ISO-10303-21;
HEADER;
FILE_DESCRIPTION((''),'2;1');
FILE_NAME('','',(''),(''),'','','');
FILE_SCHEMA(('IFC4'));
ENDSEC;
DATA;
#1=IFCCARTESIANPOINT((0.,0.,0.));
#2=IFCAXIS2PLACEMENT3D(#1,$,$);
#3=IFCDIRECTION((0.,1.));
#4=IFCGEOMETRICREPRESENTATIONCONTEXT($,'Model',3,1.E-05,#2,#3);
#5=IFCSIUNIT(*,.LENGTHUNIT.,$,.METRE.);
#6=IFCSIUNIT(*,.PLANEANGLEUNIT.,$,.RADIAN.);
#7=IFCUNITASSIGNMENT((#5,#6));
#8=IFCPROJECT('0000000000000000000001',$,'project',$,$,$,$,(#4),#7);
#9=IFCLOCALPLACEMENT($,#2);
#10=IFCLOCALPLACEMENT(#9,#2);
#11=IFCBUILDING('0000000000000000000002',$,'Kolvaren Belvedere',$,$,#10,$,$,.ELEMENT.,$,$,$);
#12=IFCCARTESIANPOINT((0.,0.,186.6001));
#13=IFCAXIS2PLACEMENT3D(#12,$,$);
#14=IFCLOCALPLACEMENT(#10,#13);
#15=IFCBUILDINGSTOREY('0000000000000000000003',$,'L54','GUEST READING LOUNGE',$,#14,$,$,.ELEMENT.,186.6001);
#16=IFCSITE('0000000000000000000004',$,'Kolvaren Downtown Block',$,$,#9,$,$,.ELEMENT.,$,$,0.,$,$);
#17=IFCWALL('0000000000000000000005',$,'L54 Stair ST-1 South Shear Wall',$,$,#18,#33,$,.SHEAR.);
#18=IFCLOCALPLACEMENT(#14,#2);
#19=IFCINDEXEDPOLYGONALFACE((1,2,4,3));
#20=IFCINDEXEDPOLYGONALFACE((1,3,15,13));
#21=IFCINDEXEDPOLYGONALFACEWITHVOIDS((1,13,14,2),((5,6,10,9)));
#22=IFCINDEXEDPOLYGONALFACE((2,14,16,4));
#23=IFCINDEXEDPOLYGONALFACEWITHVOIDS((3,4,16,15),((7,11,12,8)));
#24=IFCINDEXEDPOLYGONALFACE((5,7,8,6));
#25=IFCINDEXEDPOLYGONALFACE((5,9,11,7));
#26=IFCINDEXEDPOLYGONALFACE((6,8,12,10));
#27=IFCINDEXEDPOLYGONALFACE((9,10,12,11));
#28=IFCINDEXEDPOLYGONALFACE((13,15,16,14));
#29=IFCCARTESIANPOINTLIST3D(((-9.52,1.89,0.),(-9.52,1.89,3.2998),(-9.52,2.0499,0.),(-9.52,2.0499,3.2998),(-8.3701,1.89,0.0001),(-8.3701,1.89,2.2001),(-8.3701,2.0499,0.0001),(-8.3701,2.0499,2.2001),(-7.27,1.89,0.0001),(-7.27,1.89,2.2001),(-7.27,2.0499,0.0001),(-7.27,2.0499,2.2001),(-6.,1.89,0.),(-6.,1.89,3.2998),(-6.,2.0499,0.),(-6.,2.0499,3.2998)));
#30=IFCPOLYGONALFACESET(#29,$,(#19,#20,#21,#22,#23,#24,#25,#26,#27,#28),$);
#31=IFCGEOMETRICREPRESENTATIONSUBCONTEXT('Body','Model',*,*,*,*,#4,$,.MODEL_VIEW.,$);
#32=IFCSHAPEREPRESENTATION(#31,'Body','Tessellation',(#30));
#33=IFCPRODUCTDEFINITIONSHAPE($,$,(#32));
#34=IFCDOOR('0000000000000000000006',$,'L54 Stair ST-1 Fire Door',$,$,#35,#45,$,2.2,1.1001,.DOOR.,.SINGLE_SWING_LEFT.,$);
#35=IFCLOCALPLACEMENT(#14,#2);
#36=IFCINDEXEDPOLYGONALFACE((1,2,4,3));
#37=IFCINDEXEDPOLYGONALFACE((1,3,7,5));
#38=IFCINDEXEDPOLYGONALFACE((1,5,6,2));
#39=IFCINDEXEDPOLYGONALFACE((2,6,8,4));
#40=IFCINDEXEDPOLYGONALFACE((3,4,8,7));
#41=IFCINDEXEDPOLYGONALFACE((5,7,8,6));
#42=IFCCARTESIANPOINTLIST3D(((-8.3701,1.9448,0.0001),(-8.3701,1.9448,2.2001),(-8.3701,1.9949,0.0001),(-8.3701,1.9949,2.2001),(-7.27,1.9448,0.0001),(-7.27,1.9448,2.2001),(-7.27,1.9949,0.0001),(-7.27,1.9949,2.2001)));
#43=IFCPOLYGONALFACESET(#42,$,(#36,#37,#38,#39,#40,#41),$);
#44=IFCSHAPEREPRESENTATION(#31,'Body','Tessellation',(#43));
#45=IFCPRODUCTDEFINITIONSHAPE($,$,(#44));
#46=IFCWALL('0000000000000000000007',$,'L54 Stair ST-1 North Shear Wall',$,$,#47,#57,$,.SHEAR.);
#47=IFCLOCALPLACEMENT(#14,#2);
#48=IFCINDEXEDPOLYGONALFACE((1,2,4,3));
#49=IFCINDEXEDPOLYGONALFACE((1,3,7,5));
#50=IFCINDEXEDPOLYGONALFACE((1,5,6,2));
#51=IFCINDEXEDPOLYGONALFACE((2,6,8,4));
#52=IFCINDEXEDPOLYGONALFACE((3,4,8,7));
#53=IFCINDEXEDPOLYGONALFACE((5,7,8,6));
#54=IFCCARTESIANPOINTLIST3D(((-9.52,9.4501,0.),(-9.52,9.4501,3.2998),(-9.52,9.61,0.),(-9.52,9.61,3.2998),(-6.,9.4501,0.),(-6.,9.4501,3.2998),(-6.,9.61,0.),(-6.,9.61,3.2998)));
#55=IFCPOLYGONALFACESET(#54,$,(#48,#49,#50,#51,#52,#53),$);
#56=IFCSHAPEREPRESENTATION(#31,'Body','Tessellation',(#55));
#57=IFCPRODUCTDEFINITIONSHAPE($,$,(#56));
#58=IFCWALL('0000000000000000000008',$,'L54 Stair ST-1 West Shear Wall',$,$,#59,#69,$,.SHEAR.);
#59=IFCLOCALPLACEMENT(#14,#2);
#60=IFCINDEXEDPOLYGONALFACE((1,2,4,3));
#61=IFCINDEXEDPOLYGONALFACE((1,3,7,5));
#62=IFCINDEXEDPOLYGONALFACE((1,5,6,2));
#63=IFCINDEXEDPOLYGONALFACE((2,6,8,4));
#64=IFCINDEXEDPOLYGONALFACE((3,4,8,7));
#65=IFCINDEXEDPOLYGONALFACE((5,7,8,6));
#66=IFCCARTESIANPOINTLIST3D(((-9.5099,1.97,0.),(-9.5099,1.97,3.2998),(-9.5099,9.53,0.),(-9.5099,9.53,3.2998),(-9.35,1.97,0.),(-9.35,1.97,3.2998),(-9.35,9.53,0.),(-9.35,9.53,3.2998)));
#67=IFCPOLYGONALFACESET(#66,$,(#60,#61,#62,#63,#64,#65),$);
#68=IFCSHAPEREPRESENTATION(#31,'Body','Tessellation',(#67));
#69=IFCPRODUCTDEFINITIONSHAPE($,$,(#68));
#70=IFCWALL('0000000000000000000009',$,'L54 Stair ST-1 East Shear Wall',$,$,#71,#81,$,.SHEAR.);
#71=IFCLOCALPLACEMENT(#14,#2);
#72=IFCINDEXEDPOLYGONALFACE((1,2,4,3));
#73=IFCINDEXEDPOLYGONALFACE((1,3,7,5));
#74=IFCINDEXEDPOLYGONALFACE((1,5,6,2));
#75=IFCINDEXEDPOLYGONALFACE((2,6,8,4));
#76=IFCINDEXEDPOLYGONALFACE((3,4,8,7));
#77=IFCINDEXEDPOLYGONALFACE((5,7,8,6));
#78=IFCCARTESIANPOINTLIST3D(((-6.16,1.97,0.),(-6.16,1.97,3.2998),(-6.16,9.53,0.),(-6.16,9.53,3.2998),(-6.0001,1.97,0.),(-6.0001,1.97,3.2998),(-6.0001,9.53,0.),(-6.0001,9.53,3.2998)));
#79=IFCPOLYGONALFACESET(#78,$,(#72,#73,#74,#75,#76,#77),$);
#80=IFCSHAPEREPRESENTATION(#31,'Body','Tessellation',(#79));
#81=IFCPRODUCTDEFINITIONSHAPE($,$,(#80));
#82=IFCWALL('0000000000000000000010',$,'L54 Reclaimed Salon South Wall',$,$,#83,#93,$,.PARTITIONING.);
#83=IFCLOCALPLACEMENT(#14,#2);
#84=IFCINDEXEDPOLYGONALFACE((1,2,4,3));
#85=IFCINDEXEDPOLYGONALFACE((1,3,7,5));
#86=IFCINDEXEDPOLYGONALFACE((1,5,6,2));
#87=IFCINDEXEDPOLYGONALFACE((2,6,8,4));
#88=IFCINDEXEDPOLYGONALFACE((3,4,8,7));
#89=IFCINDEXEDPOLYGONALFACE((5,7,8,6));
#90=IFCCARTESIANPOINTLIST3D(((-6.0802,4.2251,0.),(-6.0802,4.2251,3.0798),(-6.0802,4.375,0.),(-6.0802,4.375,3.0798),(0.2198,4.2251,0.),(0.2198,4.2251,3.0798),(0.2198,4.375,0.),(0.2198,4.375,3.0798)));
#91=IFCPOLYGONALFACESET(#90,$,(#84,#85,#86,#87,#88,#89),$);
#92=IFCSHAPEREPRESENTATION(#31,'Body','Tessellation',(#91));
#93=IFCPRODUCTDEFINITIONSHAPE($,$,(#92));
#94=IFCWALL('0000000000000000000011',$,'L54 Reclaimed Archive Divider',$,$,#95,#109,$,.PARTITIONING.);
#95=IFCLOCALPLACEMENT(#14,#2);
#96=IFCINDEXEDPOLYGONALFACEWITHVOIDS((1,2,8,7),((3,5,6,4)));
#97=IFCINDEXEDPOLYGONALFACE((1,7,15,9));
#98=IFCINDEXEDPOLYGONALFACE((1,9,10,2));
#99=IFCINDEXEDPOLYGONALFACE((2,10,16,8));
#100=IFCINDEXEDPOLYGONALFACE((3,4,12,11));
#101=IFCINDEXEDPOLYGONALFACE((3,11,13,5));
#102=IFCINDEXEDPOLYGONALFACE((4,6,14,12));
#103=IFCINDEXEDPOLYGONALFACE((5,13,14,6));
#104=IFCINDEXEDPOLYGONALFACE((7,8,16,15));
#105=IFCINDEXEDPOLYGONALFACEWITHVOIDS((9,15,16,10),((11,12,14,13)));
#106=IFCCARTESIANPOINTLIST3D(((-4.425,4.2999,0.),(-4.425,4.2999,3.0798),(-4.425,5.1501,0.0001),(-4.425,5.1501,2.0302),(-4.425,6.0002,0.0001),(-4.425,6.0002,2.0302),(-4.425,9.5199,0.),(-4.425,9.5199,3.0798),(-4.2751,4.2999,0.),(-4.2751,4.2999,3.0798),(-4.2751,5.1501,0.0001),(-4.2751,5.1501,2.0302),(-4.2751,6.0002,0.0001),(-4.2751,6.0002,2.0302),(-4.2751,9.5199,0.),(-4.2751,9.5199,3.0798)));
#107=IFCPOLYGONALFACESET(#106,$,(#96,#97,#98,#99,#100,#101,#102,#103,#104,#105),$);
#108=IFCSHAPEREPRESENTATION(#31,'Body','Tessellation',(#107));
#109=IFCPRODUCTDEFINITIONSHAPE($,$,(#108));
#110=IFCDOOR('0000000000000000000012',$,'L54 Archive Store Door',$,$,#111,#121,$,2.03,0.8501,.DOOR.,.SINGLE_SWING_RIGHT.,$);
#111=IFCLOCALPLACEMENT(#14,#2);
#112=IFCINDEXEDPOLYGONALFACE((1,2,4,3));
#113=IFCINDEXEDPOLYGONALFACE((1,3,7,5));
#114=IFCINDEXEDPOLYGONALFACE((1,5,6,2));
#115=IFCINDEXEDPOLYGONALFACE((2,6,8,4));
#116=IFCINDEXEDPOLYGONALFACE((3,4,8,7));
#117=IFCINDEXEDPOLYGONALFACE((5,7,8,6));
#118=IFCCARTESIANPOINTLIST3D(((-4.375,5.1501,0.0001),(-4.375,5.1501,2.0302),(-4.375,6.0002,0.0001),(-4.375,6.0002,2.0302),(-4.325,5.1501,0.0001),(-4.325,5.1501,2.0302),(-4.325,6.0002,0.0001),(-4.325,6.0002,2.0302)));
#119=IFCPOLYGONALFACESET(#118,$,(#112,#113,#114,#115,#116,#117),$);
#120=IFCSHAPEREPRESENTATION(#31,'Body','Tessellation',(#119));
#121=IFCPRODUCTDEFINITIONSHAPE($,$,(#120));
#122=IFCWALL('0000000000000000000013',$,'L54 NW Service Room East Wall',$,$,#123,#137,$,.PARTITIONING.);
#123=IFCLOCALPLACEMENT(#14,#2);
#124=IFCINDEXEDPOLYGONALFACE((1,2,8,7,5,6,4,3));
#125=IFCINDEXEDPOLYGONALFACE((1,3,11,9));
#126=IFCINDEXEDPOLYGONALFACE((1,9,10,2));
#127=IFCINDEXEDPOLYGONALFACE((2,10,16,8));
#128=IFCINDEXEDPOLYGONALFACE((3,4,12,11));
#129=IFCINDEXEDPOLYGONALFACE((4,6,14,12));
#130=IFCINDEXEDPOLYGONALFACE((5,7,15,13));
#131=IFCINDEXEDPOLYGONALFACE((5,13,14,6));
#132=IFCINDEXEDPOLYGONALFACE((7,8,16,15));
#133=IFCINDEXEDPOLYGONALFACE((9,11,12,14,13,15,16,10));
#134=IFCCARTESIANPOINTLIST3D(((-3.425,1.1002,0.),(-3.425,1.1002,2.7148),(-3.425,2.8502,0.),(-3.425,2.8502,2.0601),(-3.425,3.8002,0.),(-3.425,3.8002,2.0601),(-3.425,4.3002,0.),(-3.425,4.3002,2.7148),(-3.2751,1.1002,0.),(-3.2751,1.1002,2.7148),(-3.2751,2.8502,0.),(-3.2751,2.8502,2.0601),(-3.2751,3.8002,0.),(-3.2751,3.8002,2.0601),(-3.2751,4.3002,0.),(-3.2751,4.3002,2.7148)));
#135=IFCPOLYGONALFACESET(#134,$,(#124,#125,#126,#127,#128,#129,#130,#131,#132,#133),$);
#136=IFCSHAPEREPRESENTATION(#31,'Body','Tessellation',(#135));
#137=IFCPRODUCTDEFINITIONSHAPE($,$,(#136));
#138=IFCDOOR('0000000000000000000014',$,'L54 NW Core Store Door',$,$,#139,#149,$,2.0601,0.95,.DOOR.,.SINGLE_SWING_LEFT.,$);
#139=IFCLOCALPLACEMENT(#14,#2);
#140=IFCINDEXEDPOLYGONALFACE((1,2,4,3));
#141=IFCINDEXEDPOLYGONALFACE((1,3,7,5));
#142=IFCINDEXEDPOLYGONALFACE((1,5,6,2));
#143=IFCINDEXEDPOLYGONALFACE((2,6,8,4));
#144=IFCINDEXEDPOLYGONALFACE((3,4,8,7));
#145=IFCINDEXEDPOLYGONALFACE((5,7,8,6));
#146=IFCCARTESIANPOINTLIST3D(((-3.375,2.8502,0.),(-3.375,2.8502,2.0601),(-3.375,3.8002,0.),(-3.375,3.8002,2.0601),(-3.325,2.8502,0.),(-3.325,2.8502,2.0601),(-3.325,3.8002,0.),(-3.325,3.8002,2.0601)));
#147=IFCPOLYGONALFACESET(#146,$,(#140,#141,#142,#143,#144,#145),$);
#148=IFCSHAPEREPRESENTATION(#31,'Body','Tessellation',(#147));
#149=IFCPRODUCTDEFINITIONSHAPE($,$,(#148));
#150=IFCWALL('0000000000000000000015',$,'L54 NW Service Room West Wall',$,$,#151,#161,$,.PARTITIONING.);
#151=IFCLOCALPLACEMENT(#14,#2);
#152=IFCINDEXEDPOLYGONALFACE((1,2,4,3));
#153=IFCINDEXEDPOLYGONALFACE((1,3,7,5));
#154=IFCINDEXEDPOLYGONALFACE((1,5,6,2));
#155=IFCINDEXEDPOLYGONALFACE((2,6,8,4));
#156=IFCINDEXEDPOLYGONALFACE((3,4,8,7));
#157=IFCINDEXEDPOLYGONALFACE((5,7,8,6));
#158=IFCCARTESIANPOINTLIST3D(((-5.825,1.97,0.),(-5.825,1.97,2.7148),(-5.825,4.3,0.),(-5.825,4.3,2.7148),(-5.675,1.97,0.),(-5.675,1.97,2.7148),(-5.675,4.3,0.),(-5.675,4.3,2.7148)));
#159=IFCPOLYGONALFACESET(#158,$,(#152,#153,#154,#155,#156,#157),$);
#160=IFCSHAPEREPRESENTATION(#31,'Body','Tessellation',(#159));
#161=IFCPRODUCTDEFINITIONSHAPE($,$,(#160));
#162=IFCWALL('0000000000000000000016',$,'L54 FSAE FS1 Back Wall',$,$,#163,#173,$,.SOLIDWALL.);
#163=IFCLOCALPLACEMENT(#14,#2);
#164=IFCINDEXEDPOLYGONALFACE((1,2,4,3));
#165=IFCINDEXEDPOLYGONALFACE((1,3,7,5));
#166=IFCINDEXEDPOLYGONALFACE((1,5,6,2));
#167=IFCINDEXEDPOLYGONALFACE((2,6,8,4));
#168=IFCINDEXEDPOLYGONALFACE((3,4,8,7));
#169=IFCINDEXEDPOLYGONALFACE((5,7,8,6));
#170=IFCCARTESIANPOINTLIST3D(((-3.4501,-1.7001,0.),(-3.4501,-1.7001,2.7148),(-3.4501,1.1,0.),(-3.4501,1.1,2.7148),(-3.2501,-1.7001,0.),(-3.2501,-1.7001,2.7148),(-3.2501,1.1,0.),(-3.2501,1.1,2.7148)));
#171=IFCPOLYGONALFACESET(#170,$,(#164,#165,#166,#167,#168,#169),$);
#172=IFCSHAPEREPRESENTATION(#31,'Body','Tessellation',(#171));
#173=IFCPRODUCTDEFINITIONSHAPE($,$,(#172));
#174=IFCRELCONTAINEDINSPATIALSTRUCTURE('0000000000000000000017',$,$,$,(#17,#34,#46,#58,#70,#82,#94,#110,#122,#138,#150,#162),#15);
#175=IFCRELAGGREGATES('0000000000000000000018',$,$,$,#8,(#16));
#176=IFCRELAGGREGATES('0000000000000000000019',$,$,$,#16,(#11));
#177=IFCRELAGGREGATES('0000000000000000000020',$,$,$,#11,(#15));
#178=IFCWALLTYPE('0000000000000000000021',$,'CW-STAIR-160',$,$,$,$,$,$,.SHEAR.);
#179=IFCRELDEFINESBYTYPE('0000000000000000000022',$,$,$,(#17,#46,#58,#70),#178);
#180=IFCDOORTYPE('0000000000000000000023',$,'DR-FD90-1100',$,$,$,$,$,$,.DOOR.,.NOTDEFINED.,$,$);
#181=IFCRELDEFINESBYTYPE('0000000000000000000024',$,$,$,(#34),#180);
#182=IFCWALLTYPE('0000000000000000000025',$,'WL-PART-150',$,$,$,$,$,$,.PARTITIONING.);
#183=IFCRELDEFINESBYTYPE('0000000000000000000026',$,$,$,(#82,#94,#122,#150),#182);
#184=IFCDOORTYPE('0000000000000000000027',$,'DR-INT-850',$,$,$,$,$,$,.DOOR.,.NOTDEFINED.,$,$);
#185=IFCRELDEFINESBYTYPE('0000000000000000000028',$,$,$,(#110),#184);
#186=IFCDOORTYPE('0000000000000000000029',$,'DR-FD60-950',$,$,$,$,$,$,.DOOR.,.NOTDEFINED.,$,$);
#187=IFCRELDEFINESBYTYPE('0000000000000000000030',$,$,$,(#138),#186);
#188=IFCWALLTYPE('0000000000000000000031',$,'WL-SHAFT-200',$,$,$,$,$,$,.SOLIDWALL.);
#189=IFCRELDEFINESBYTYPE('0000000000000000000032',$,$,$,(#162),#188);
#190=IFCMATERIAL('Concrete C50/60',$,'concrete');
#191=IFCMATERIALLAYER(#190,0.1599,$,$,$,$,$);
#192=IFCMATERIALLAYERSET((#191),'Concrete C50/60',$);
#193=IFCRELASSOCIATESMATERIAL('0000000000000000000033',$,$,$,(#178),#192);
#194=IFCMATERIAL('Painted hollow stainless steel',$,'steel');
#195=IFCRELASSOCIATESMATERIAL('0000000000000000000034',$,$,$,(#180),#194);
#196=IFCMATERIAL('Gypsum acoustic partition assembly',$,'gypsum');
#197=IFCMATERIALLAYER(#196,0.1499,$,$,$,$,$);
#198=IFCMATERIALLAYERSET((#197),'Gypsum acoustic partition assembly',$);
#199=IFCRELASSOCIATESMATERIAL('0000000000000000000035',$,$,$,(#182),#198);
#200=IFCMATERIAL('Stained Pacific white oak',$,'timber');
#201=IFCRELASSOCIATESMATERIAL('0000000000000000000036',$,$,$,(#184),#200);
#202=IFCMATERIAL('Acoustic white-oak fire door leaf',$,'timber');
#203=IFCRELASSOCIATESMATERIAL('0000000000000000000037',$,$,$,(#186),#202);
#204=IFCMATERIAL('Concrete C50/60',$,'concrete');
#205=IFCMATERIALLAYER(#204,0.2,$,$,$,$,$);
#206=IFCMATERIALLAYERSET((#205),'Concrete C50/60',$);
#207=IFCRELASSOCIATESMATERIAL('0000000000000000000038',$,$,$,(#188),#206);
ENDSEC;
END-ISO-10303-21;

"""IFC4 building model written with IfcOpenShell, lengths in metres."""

from ifc_helpers import new_model, si_unit, direction, frame, frame_2d, origin, place, context, subcontext, project, spatial, rectangle, extrude, material, layer, layer_set, type_object, element, fill, save


model = new_model("IFC4")

# Units and contexts
model_context = context("Model", 3, precision=1e-05, world=origin(), true_north=direction((0.0, 1.0)))
body_context = subcontext(model_context, "Body", "Model", "MODEL_VIEW")
ifc_project = project(units=[si_unit("LENGTHUNIT", "METRE"), si_unit("PLANEANGLEUNIT", "RADIAN")], contexts=[model_context])

# Site, building, storey
site_placement = place(None, origin())
site = spatial("IfcSite", under=ifc_project, at=site_placement, Name="Kolvaren Downtown Block", CompositionType="ELEMENT", RefElevation=0.0)
building_placement = place(site_placement, origin())
building = spatial("IfcBuilding", under=site, at=building_placement, Name="Kolvaren Belvedere", CompositionType="ELEMENT")
storey_placement = place(building_placement, frame((0.0, 0.0, 186.6001)))
storey = spatial("IfcBuildingStorey", under=building, at=storey_placement, Name="L54", Description="GUEST READING LOUNGE", CompositionType="ELEMENT", Elevation=186.6001)

# Wall, opening, door
ifc_material_1 = material(Name="Concrete C50/60", Category="concrete")
ifc_layer_1 = layer(ifc_material_1, 0.1599)
ifc_layer_set_1 = layer_set([ifc_layer_1], Name="Concrete C50/60")
wall_type_1 = type_object("IfcWallType", Name="CW-STAIR-160", PredefinedType="SHEAR", material=ifc_layer_set_1)
wall_1_placement = place(storey_placement, frame((-9.52, 1.97, 0.0), z_axis=(0.0, 0.0, 1.0), x_axis=(1.0, 0.0, 0.0)))
wall_1 = element("IfcWall", 1, at=wall_1_placement, inside=storey, type_object=wall_type_1, Name="L54 Stair ST-1 South Shear Wall", PredefinedType="SHEAR", context=body_context, shape_type="SweptSolid", body=[
    extrude(rectangle(XDim=3.52, YDim=0.1599, at=frame_2d((1.76, 0.0))), origin(), (0.0, 0.0, 1.0), 3.2998),
])
opening_1_placement = place(wall_1_placement, frame((1.1499, 0.0, 0.0)))
opening_1 = element("IfcOpeningElement", 2, at=opening_1_placement, cuts=wall_1, PredefinedType="OPENING", context=body_context, shape_type="SweptSolid", body=[
    extrude(rectangle(XDim=1.1001, YDim=2.2, at=frame_2d((0.55, 1.1001))), frame((0.0, 0.0898, 0.0), z_axis=(0.0, -1.0, 0.0), x_axis=(1.0, 0.0, 0.0)), (0.0, 0.0, 1.0), 0.1799),
])
ifc_material_2 = material(Name="Painted hollow stainless steel", Category="steel")
door_type_1 = type_object("IfcDoorType", Name="DR-FD90-1100", OperationType="NOTDEFINED", PredefinedType="DOOR", material=ifc_material_2)
door_1_placement = place(opening_1_placement, origin())
door_1 = element("IfcDoor", 3, at=door_1_placement, inside=storey, type_object=door_type_1, Name="L54 Stair ST-1 Fire Door", OperationType="SINGLE_SWING_LEFT", OverallHeight=2.2, OverallWidth=1.1001, PredefinedType="DOOR", context=body_context, shape_type="SweptSolid", body=[
    extrude(rectangle(XDim=1.1001, YDim=2.2, at=frame_2d((0.55, 1.1001))), frame((0.0, 0.0249, 0.0), z_axis=(0.0, -1.0, 0.0), x_axis=(1.0, 0.0, 0.0)), (0.0, 0.0, 1.0), 0.05),
])
fill(opening_1, door_1)

# Walls
wall_2_placement = place(storey_placement, frame((-9.52, 9.53, 0.0), z_axis=(0.0, 0.0, 1.0), x_axis=(1.0, 0.0, 0.0)))
element("IfcWall", 4, at=wall_2_placement, inside=storey, type_object=wall_type_1, Name="L54 Stair ST-1 North Shear Wall", PredefinedType="SHEAR", context=body_context, shape_type="SweptSolid", body=[
    extrude(rectangle(XDim=3.52, YDim=0.1599, at=frame_2d((1.76, 0.0))), origin(), (0.0, 0.0, 1.0), 3.2998),
])
for number, where, z_axis, x_axis, name in (
    (5, (-9.4299, 1.97, 0.0), (0.0, 0.0, 1.0), (0.0, 1.0, 0.0), "L54 Stair ST-1 West Shear Wall"),
    (6, (-6.0801, 1.97, 0.0), (0.0, 0.0, 1.0), (0.0, 1.0, 0.0), "L54 Stair ST-1 East Shear Wall"),
):
    element("IfcWall", number, at=place(storey_placement, frame(where, z_axis=z_axis, x_axis=x_axis)), inside=storey, type_object=wall_type_1, Name=name, PredefinedType="SHEAR", context=body_context, shape_type="SweptSolid", body=[
        extrude(rectangle(XDim=7.5601, YDim=0.1599, at=frame_2d((3.78, 0.0))), origin(), (0.0, 0.0, 1.0), 3.2998),
    ])
ifc_material_3 = material(Name="Gypsum acoustic partition assembly", Category="gypsum")
ifc_layer_2 = layer(ifc_material_3, 0.1499)
ifc_layer_set_2 = layer_set([ifc_layer_2], Name="Gypsum acoustic partition assembly")
wall_type_2 = type_object("IfcWallType", Name="WL-PART-150", PredefinedType="PARTITIONING", material=ifc_layer_set_2)
wall_3_placement = place(storey_placement, frame((-6.0801, 4.3, 0.0), z_axis=(0.0, 0.0, 1.0), x_axis=(1.0, 0.0, 0.0)))
element("IfcWall", 7, at=wall_3_placement, inside=storey, type_object=wall_type_2, Name="L54 Reclaimed Salon South Wall", PredefinedType="PARTITIONING", context=body_context, shape_type="SweptSolid", body=[
    extrude(rectangle(XDim=6.3, YDim=0.1499, at=frame_2d((3.1499, 0.0))), origin(), (0.0, 0.0, 1.0), 3.0798),
])

# Walls, openings, doors
wall_4_placement = place(storey_placement, frame((-4.3501, 4.3, 0.0), z_axis=(0.0, 0.0, 1.0), x_axis=(0.0, 1.0, 0.0)))
wall_4 = element("IfcWall", 8, at=wall_4_placement, inside=storey, type_object=wall_type_2, Name="L54 Reclaimed Archive Divider", PredefinedType="PARTITIONING", context=body_context, shape_type="SweptSolid", body=[
    extrude(rectangle(XDim=5.22, YDim=0.1499, at=frame_2d((2.6099, 0.0))), origin(), (0.0, 0.0, 1.0), 3.0798),
])
opening_2_placement = place(wall_4_placement, frame((0.8501, 0.0, 0.0)))
opening_2 = element("IfcOpeningElement", 9, at=opening_2_placement, cuts=wall_4, PredefinedType="OPENING", context=body_context, shape_type="SweptSolid", body=[
    extrude(rectangle(XDim=0.8501, YDim=2.03, at=frame_2d((0.425, 1.0151))), frame((0.0, 0.085, 0.0), z_axis=(0.0, -1.0, 0.0), x_axis=(1.0, 0.0, 0.0)), (0.0, 0.0, 1.0), 0.1699),
])
ifc_material_4 = material(Name="Stained Pacific white oak", Category="timber")
door_type_2 = type_object("IfcDoorType", Name="DR-INT-850", OperationType="NOTDEFINED", PredefinedType="DOOR", material=ifc_material_4)
door_2_placement = place(opening_2_placement, origin())
door_2 = element("IfcDoor", 10, at=door_2_placement, inside=storey, type_object=door_type_2, Name="L54 Archive Store Door", OperationType="SINGLE_SWING_RIGHT", OverallHeight=2.03, OverallWidth=0.8501, PredefinedType="DOOR", context=body_context, shape_type="SweptSolid", body=[
    extrude(rectangle(XDim=0.8501, YDim=2.03, at=frame_2d((0.425, 1.0151))), frame((0.0, 0.0249, 0.0), z_axis=(0.0, -1.0, 0.0), x_axis=(1.0, 0.0, 0.0)), (0.0, 0.0, 1.0), 0.05),
])
fill(opening_2, door_2)
wall_5_placement = place(storey_placement, frame((-3.3501, 1.1001, 0.0), z_axis=(0.0, 0.0, 1.0), x_axis=(0.0, 1.0, 0.0)))
wall_5 = element("IfcWall", 11, at=wall_5_placement, inside=storey, type_object=wall_type_2, Name="L54 NW Service Room East Wall", PredefinedType="PARTITIONING", context=body_context, shape_type="SweptSolid", body=[
    extrude(rectangle(XDim=3.2, YDim=0.1499, at=frame_2d((1.6001, 0.0))), origin(), (0.0, 0.0, 1.0), 2.7148),
])
opening_3_placement = place(wall_5_placement, frame((1.75, 0.0, 0.0)))
opening_3 = element("IfcOpeningElement", 12, at=opening_3_placement, cuts=wall_5, PredefinedType="OPENING", context=body_context, shape_type="SweptSolid", body=[
    extrude(rectangle(XDim=0.95, YDim=2.0601, at=frame_2d((0.4751, 1.03))), frame((0.0, 0.085, 0.0), z_axis=(0.0, -1.0, 0.0), x_axis=(1.0, 0.0, 0.0)), (0.0, 0.0, 1.0), 0.1699),
])
ifc_material_5 = material(Name="Acoustic white-oak fire door leaf", Category="timber")
door_type_3 = type_object("IfcDoorType", Name="DR-FD60-950", OperationType="NOTDEFINED", PredefinedType="DOOR", material=ifc_material_5)
door_3_placement = place(opening_3_placement, origin())
door_3 = element("IfcDoor", 13, at=door_3_placement, inside=storey, type_object=door_type_3, Name="L54 NW Core Store Door", OperationType="SINGLE_SWING_LEFT", OverallHeight=2.0601, OverallWidth=0.95, PredefinedType="DOOR", context=body_context, shape_type="SweptSolid", body=[
    extrude(rectangle(XDim=0.95, YDim=2.0601, at=frame_2d((0.4751, 1.03))), frame((0.0, 0.0249, 0.0), z_axis=(0.0, -1.0, 0.0), x_axis=(1.0, 0.0, 0.0)), (0.0, 0.0, 1.0), 0.05),
])
fill(opening_3, door_3)

# Walls
wall_6_placement = place(storey_placement, frame((-5.75, 1.97, 0.0), z_axis=(0.0, 0.0, 1.0), x_axis=(0.0, 1.0, 0.0)))
element("IfcWall", 14, at=wall_6_placement, inside=storey, type_object=wall_type_2, Name="L54 NW Service Room West Wall", PredefinedType="PARTITIONING", context=body_context, shape_type="SweptSolid", body=[
    extrude(rectangle(XDim=2.3301, YDim=0.1499, at=frame_2d((1.165, 0.0))), origin(), (0.0, 0.0, 1.0), 2.7148),
])
ifc_material_6 = material(Name="Concrete C50/60", Category="concrete")
ifc_layer_3 = layer(ifc_material_6, 0.2)
ifc_layer_set_3 = layer_set([ifc_layer_3], Name="Concrete C50/60")
wall_type_3 = type_object("IfcWallType", Name="WL-SHAFT-200", PredefinedType="SOLIDWALL", material=ifc_layer_set_3)
wall_7_placement = place(storey_placement, frame((-3.3501, -1.7, 0.0), z_axis=(0.0, 0.0, 1.0), x_axis=(0.0, 1.0, 0.0)))
element("IfcWall", 15, at=wall_7_placement, inside=storey, type_object=wall_type_3, Name="L54 FSAE FS1 Back Wall", PredefinedType="SOLIDWALL", context=body_context, shape_type="SweptSolid", body=[
    extrude(rectangle(XDim=2.8, YDim=0.2, at=frame_2d((1.3999, 0.0))), origin(), (0.0, 0.0, 1.0), 2.7148),
])

save(model, "model.ifc")
